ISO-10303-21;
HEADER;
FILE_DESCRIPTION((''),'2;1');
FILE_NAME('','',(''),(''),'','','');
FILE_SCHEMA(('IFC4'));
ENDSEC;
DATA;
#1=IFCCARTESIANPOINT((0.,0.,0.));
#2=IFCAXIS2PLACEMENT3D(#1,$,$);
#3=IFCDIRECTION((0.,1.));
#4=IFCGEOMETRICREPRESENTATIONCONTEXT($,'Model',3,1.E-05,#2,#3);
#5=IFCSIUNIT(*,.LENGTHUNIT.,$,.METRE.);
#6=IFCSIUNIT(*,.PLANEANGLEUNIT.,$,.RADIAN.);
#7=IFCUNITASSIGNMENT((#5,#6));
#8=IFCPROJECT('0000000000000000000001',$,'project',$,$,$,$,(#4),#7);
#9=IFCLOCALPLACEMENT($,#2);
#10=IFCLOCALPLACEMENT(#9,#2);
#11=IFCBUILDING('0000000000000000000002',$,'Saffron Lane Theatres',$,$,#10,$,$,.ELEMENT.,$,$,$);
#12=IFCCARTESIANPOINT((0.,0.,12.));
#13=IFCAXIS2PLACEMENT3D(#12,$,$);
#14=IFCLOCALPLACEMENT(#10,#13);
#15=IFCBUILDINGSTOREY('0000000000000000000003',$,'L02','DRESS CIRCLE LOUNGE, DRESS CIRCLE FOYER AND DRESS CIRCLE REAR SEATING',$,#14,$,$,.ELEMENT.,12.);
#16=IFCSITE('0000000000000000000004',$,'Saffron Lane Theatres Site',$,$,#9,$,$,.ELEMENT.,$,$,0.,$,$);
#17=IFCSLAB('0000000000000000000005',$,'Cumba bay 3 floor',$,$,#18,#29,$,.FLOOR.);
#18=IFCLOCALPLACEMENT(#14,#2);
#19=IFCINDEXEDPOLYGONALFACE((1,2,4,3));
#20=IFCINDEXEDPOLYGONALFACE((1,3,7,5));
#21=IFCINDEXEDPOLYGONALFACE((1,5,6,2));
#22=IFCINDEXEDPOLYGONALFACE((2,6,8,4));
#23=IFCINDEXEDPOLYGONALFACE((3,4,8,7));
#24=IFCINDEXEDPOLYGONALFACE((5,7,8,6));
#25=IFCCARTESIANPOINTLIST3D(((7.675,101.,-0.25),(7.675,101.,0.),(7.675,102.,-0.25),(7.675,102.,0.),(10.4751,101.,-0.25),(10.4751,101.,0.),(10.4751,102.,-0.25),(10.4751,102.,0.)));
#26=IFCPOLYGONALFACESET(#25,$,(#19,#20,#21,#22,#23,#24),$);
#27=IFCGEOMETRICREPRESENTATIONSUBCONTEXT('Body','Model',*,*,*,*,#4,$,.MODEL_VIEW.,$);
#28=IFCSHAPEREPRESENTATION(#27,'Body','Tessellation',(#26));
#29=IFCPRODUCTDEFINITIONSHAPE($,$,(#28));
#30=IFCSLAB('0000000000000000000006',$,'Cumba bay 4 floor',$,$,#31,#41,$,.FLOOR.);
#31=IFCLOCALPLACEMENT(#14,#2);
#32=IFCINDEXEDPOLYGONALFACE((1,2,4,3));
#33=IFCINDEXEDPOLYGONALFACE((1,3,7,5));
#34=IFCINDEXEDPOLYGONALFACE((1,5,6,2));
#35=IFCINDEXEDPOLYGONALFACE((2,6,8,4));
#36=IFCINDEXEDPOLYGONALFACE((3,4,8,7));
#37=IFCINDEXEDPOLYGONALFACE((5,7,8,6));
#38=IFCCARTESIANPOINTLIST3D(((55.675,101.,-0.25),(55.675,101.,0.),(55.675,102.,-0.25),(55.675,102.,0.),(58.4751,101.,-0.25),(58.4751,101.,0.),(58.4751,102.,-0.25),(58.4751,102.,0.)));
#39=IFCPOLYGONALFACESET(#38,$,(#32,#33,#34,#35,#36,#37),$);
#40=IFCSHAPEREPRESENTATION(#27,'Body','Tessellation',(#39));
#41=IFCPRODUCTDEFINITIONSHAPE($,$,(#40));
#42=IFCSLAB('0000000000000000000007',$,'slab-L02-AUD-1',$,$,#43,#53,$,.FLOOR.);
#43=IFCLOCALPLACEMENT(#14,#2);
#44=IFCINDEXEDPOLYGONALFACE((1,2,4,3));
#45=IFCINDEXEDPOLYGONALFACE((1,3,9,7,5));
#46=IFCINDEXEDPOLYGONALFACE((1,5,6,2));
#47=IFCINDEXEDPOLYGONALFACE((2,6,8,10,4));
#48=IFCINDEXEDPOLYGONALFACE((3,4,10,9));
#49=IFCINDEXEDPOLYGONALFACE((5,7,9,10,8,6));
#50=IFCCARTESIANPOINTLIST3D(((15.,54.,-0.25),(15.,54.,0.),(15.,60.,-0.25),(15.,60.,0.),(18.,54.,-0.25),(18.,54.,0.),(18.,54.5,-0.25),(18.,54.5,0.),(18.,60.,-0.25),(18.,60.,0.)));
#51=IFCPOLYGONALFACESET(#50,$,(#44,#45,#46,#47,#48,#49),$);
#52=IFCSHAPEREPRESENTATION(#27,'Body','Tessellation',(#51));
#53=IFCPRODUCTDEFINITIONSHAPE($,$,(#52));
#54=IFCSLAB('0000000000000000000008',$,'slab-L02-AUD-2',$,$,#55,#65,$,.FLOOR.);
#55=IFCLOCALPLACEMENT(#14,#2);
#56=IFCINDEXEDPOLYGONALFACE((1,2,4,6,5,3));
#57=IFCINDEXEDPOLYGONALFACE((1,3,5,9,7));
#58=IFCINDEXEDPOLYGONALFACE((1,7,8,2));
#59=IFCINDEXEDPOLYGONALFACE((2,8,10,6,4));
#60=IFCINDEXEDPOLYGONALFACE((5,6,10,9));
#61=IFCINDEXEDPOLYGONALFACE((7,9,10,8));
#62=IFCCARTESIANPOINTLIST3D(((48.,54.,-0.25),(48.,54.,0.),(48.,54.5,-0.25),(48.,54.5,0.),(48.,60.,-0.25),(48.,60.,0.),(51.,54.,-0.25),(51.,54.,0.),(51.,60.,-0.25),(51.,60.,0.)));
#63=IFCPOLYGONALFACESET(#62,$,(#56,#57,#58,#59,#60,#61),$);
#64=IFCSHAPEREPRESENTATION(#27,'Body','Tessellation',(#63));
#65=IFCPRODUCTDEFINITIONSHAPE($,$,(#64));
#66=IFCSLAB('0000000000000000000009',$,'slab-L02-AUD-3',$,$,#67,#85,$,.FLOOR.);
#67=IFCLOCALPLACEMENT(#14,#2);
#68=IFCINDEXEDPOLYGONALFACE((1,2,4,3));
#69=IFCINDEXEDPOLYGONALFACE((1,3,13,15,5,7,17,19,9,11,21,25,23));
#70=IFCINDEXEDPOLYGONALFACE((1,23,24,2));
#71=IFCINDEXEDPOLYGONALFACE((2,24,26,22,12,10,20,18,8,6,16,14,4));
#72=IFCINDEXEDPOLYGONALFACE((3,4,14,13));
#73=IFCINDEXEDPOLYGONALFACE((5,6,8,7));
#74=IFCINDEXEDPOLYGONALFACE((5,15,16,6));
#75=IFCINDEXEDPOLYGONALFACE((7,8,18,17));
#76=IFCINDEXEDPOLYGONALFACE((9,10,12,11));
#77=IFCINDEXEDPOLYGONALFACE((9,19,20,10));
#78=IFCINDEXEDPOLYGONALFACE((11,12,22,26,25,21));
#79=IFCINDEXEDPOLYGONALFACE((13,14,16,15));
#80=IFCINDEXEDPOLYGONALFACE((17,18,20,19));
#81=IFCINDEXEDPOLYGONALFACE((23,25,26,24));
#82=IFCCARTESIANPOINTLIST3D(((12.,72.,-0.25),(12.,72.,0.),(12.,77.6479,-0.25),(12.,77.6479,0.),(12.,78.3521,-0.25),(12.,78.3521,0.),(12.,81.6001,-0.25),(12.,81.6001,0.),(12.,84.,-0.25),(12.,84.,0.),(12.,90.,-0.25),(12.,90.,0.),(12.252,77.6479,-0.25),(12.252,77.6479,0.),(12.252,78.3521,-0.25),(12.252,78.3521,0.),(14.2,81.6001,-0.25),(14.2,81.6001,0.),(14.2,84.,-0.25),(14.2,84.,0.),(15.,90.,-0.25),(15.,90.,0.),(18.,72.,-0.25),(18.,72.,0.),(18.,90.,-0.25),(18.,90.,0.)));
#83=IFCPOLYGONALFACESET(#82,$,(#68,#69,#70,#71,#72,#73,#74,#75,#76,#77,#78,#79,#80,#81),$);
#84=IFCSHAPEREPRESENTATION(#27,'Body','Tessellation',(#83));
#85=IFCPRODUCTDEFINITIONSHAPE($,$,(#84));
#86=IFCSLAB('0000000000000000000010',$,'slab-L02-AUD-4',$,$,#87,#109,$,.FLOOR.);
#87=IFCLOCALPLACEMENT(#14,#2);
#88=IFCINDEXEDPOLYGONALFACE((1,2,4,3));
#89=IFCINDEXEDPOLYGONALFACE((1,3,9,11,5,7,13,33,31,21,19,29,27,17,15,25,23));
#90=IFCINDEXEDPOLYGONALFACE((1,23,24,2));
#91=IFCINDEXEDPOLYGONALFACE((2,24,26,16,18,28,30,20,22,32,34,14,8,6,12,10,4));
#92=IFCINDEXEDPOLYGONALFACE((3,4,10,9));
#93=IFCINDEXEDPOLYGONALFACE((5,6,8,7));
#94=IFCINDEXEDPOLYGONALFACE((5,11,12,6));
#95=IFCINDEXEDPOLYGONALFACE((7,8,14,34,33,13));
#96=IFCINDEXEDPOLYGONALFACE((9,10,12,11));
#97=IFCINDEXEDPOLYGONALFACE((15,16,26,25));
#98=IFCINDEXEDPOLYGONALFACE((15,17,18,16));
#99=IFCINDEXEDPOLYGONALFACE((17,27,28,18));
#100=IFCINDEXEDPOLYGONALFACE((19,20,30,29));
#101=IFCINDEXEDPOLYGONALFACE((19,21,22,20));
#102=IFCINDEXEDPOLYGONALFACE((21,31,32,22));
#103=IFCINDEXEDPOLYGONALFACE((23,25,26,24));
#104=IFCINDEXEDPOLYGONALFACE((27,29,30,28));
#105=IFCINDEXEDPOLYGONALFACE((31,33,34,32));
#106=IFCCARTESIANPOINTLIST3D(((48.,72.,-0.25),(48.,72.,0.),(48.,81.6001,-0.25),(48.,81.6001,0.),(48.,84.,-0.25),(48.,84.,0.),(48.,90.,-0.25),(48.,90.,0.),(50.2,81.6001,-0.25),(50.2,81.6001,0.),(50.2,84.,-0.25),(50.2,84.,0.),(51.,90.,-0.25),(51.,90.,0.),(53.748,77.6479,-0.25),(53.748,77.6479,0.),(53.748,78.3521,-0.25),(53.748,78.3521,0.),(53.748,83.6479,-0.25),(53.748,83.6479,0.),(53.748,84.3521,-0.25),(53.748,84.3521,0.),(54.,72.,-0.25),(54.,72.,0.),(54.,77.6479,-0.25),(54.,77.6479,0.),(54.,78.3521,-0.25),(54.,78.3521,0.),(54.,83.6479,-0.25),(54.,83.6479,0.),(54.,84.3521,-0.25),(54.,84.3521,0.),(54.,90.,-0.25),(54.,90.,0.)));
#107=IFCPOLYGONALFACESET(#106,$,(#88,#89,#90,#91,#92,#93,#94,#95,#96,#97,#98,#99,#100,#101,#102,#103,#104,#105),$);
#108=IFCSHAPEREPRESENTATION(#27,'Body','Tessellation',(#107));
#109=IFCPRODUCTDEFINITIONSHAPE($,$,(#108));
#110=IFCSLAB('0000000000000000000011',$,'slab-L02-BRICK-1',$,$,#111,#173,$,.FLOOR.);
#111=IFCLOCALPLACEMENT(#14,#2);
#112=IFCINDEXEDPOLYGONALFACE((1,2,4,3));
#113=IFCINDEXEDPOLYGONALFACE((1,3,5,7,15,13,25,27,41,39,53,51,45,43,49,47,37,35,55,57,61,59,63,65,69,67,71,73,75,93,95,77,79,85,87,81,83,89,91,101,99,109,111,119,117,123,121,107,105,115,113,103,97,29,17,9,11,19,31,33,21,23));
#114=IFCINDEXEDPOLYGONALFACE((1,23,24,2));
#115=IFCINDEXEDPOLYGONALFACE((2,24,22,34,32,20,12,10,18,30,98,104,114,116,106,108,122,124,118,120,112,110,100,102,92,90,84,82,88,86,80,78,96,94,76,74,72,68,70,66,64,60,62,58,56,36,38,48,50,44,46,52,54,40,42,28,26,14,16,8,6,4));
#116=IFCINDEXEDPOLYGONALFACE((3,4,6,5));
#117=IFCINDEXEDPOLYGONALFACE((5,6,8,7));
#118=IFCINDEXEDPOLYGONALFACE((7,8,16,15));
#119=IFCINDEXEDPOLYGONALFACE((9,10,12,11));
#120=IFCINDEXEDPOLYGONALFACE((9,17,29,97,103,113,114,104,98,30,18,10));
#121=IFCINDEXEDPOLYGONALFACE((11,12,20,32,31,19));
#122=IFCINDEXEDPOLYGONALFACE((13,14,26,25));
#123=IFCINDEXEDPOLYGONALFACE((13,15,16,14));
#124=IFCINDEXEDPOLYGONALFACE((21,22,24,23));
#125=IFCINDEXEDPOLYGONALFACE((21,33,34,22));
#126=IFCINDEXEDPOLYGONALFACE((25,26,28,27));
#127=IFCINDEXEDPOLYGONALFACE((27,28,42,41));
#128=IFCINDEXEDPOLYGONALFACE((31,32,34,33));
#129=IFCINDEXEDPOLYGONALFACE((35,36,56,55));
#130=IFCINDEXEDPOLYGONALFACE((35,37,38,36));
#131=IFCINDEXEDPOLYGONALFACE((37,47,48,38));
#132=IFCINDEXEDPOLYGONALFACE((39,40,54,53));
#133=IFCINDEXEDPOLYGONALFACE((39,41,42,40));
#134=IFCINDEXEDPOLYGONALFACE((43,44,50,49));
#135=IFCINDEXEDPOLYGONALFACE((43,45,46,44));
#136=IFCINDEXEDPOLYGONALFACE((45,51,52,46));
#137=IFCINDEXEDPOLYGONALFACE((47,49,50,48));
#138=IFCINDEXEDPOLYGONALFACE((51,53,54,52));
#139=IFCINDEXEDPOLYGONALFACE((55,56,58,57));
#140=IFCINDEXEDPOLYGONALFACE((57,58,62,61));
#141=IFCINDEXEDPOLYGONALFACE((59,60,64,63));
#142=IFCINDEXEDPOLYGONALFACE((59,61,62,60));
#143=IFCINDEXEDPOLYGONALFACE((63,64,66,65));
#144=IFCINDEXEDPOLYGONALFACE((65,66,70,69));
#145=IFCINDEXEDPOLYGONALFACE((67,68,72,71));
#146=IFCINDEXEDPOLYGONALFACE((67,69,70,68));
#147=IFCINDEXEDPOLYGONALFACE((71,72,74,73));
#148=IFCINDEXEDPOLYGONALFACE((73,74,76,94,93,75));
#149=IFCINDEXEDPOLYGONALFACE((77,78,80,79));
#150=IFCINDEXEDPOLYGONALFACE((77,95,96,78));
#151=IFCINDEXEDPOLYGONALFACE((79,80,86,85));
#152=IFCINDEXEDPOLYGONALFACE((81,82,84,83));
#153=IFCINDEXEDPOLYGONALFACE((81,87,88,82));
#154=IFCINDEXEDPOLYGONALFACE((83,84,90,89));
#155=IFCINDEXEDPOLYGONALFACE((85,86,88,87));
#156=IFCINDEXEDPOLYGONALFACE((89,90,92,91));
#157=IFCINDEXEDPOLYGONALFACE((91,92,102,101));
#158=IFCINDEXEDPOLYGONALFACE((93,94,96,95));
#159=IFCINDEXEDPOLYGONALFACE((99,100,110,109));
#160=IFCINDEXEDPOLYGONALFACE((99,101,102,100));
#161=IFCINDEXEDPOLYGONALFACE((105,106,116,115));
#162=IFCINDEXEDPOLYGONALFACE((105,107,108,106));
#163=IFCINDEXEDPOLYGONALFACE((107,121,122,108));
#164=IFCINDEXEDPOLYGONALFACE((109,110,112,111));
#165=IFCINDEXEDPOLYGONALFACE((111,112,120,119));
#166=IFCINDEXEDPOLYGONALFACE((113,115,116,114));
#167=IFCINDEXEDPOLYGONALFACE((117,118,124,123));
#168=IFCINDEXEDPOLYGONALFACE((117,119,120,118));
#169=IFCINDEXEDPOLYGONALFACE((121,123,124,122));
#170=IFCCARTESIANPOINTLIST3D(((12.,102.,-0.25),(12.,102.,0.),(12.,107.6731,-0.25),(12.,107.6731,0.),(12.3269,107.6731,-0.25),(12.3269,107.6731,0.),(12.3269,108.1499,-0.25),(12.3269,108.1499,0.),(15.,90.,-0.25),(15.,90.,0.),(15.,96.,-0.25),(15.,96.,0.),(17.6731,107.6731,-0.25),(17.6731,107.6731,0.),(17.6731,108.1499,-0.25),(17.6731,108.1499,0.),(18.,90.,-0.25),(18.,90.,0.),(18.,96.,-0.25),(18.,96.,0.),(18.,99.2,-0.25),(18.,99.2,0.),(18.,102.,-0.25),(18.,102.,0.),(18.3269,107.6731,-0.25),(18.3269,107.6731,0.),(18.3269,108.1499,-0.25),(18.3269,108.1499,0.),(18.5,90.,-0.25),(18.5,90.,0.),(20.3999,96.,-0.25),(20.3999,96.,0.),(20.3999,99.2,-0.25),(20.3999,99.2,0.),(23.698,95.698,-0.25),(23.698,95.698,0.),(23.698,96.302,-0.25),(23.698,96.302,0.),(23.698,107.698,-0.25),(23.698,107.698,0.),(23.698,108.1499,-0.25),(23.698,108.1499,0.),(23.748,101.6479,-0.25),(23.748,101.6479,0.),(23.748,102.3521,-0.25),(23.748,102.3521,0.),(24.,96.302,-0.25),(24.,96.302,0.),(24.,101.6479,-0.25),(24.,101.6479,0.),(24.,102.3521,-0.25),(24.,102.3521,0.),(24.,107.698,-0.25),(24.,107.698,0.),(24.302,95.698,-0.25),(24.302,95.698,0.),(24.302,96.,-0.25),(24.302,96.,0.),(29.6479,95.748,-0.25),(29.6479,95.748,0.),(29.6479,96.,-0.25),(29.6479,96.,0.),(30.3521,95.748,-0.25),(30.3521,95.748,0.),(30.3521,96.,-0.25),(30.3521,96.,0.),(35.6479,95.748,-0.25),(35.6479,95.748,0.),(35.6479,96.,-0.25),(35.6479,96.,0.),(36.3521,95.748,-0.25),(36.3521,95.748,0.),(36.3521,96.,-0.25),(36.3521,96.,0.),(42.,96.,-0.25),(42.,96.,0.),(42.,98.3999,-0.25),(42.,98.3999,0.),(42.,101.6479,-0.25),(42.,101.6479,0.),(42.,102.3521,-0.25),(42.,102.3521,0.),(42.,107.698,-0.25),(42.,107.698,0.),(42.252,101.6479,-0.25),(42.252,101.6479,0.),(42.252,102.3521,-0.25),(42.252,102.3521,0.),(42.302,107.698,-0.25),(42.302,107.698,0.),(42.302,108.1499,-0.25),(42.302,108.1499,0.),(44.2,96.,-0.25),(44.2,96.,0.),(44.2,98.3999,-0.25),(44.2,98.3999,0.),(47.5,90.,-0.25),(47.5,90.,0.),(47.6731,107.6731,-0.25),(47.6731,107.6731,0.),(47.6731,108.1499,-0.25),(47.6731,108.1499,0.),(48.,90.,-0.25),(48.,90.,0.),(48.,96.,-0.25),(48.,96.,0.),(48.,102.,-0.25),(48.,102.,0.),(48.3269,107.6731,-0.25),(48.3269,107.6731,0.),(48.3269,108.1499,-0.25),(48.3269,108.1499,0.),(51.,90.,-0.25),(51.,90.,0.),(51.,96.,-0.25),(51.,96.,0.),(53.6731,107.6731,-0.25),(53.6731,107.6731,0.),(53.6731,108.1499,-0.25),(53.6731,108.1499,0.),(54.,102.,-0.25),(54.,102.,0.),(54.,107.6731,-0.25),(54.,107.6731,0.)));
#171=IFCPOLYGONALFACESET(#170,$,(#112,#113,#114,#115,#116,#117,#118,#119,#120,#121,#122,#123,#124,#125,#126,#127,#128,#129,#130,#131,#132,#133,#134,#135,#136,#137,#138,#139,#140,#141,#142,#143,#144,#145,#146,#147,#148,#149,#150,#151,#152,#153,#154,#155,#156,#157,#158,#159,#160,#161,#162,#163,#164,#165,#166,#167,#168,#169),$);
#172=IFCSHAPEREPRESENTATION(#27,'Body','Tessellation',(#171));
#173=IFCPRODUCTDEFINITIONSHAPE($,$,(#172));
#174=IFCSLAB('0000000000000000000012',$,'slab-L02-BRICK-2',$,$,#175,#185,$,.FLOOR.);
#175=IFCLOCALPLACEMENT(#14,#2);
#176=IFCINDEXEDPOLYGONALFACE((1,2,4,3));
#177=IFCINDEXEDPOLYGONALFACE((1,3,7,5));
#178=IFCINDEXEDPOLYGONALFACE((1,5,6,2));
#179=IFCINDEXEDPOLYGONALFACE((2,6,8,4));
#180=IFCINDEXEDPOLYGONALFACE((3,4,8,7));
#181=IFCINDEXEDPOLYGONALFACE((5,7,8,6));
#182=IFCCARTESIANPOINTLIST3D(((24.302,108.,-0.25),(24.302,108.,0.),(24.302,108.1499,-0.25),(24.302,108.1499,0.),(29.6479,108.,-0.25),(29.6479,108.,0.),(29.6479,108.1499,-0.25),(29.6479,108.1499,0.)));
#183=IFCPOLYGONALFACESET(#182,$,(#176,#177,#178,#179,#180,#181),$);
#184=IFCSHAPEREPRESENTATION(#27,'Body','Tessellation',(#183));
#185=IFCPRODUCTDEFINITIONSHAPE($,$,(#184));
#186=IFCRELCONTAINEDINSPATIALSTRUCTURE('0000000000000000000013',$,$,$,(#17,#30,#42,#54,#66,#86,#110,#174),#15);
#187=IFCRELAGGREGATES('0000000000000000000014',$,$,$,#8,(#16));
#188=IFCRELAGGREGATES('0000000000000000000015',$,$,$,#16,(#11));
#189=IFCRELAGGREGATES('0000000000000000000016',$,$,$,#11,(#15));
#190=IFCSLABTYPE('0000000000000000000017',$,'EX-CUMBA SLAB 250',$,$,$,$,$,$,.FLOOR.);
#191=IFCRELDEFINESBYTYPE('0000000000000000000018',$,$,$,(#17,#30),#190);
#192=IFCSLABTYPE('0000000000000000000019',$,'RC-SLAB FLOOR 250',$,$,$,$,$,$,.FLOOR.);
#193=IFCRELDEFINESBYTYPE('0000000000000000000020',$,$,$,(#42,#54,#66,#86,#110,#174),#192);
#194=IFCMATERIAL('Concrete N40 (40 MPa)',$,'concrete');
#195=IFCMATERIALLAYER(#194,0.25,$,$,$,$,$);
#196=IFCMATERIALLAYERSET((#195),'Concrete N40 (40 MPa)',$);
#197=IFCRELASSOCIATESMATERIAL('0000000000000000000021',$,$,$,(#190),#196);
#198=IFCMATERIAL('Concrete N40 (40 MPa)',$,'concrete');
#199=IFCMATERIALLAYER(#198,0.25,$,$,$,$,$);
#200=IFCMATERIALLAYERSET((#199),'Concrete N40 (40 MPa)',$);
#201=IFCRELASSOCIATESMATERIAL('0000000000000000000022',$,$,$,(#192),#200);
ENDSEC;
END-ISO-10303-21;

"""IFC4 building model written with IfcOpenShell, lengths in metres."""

from ifc_helpers import new_model, si_unit, direction, frame, origin, place, context, subcontext, project, spatial, polyline, outline, extrude, material, layer, layer_set, type_object, element, save


model = new_model("IFC4")

# Units and contexts
model_context = context("Model", 3, precision=1e-05, world=origin(), true_north=direction((0.0, 1.0)))
body_context = subcontext(model_context, "Body", "Model", "MODEL_VIEW")
ifc_project = project(units=[si_unit("LENGTHUNIT", "METRE"), si_unit("PLANEANGLEUNIT", "RADIAN")], contexts=[model_context])

# Site, building, storey
site_placement = place(None, origin())
site = spatial("IfcSite", under=ifc_project, at=site_placement, Name="Saffron Lane Theatres Site", CompositionType="ELEMENT", RefElevation=0.0)
building_placement = place(site_placement, origin())
building = spatial("IfcBuilding", under=site, at=building_placement, Name="Saffron Lane Theatres", CompositionType="ELEMENT")
storey_placement = place(building_placement, frame((0.0, 0.0, 12.0)))
storey = spatial("IfcBuildingStorey", under=building, at=storey_placement, Name="L02", Description="DRESS CIRCLE LOUNGE, DRESS CIRCLE FOYER AND DRESS CIRCLE REAR SEATING", CompositionType="ELEMENT", Elevation=12.0)

# Slabs
ifc_material_1 = material(Name="Concrete N40 (40 MPa)", Category="concrete")
ifc_layer_1 = layer(ifc_material_1, 0.25)
ifc_layer_set_1 = layer_set([ifc_layer_1], Name="Concrete N40 (40 MPa)")
slab_type_1 = type_object("IfcSlabType", Name="EX-CUMBA SLAB 250", PredefinedType="FLOOR", material=ifc_layer_set_1)
slab_1_placement = place(storey_placement, frame((0.0, 0.0, -0.25)))
element("IfcSlab", 1, at=slab_1_placement, inside=storey, type_object=slab_type_1, Name="Cumba bay 3 floor", PredefinedType="FLOOR", context=body_context, shape_type="SweptSolid", body=[
    extrude(outline(polyline([(10.4751, 102.0), (7.675, 102.0), (7.675, 101.0), (10.4751, 101.0), (10.4751, 102.0)])), origin(), (0.0, 0.0, 1.0), 0.25),
])
slab_2_placement = place(storey_placement, frame((0.0, 0.0, -0.25)))
element("IfcSlab", 2, at=slab_2_placement, inside=storey, type_object=slab_type_1, Name="Cumba bay 4 floor", PredefinedType="FLOOR", context=body_context, shape_type="SweptSolid", body=[
    extrude(outline(polyline([(58.4751, 102.0), (55.675, 102.0), (55.675, 101.0), (58.4751, 101.0), (58.4751, 102.0)])), origin(), (0.0, 0.0, 1.0), 0.25),
])
ifc_material_2 = material(Name="Concrete N40 (40 MPa)", Category="concrete")
ifc_layer_2 = layer(ifc_material_2, 0.25)
ifc_layer_set_2 = layer_set([ifc_layer_2], Name="Concrete N40 (40 MPa)")
slab_type_2 = type_object("IfcSlabType", Name="RC-SLAB FLOOR 250", PredefinedType="FLOOR", material=ifc_layer_set_2)
slab_3_placement = place(storey_placement, frame((0.0, 0.0, -0.25)))
element("IfcSlab", 3, at=slab_3_placement, inside=storey, type_object=slab_type_2, Name="slab-L02-AUD-1", PredefinedType="FLOOR", context=body_context, shape_type="SweptSolid", body=[
    extrude(outline(polyline([(15.0, 60.0), (15.0, 54.0), (18.0, 54.0), (18.0, 54.5), (18.0, 60.0), (15.0, 60.0)])), origin(), (0.0, 0.0, 1.0), 0.25),
])
slab_4_placement = place(storey_placement, frame((0.0, 0.0, -0.25)))
element("IfcSlab", 4, at=slab_4_placement, inside=storey, type_object=slab_type_2, Name="slab-L02-AUD-2", PredefinedType="FLOOR", context=body_context, shape_type="SweptSolid", body=[
    extrude(outline(polyline([(48.0, 54.5), (48.0, 54.0), (51.0, 54.0), (51.0, 60.0), (48.0, 60.0), (48.0, 54.5)])), origin(), (0.0, 0.0, 1.0), 0.25),
])
slab_5_placement = place(storey_placement, frame((0.0, 0.0, -0.25)))
element("IfcSlab", 5, at=slab_5_placement, inside=storey, type_object=slab_type_2, Name="slab-L02-AUD-3", PredefinedType="FLOOR", context=body_context, shape_type="SweptSolid", body=[
    extrude(outline(polyline([(18.0, 72.0), (18.0, 90.0), (15.0, 90.0), (12.0, 90.0), (12.0, 84.0), (14.2, 84.0), (14.2, 81.6001), (12.0, 81.6001), (12.0, 78.3521), (12.252, 78.3521), (12.252, 77.6479), (12.0, 77.6479), (12.0, 72.0), (18.0, 72.0)])), origin(), (0.0, 0.0, 1.0), 0.25),
])
slab_6_placement = place(storey_placement, frame((0.0, 0.0, -0.25)))
element("IfcSlab", 6, at=slab_6_placement, inside=storey, type_object=slab_type_2, Name="slab-L02-AUD-4", PredefinedType="FLOOR", context=body_context, shape_type="SweptSolid", body=[
    extrude(outline(polyline([(48.0, 72.0), (54.0, 72.0), (54.0, 77.6479), (53.748, 77.6479), (53.748, 78.3521), (54.0, 78.3521), (54.0, 83.6479), (53.748, 83.6479), (53.748, 84.3521), (54.0, 84.3521), (54.0, 90.0), (51.0, 90.0), (48.0, 90.0), (48.0, 84.0), (50.2, 84.0), (50.2, 81.6001), (48.0, 81.6001), (48.0, 72.0)])), origin(), (0.0, 0.0, 1.0), 0.25),
])
slab_7_placement = place(storey_placement, frame((0.0, 0.0, -0.25)))
element("IfcSlab", 7, at=slab_7_placement, inside=storey, type_object=slab_type_2, Name="slab-L02-BRICK-1", PredefinedType="FLOOR", context=body_context, shape_type="SweptSolid", body=[
    extrude(outline(polyline([(18.5, 90.0), (47.5, 90.0), (48.0, 90.0), (51.0, 90.0), (51.0, 96.0), (48.0, 96.0), (48.0, 102.0), (54.0, 102.0), (54.0, 107.6731), (53.6731, 107.6731), (53.6731, 108.1499), (48.3269, 108.1499), (48.3269, 107.6731), (47.6731, 107.6731), (47.6731, 108.1499), (42.302, 108.1499), (42.302, 107.698), (42.0, 107.698), (42.0, 102.3521), (42.252, 102.3521), (42.252, 101.6479), (42.0, 101.6479), (42.0, 98.3999), (44.2, 98.3999), (44.2, 96.0), (42.0, 96.0), (36.3521, 96.0), (36.3521, 95.748), (35.6479, 95.748), (35.6479, 96.0), (30.3521, 96.0), (30.3521, 95.748), (29.6479, 95.748), (29.6479, 96.0), (24.302, 96.0), (24.302, 95.698), (23.698, 95.698), (23.698, 96.302), (24.0, 96.302), (24.0, 101.6479), (23.748, 101.6479), (23.748, 102.3521), (24.0, 102.3521), (24.0, 107.698), (23.698, 107.698), (23.698, 108.1499), (18.3269, 108.1499), (18.3269, 107.6731), (17.6731, 107.6731), (17.6731, 108.1499), (12.3269, 108.1499), (12.3269, 107.6731), (12.0, 107.6731), (12.0, 102.0), (18.0, 102.0), (18.0, 99.2), (20.3999, 99.2), (20.3999, 96.0), (18.0, 96.0), (15.0, 96.0), (15.0, 90.0), (18.0, 90.0), (18.5, 90.0)])), origin(), (0.0, 0.0, 1.0), 0.25),
])
slab_8_placement = place(storey_placement, frame((0.0, 0.0, -0.25)))
element("IfcSlab", 8, at=slab_8_placement, inside=storey, type_object=slab_type_2, Name="slab-L02-BRICK-2", PredefinedType="FLOOR", context=body_context, shape_type="SweptSolid", body=[
    extrude(outline(polyline([(24.302, 108.0), (29.6479, 108.0), (29.6479, 108.1499), (24.302, 108.1499), (24.302, 108.0)])), origin(), (0.0, 0.0, 1.0), 0.25),
])

save(model, "model.ifc")
